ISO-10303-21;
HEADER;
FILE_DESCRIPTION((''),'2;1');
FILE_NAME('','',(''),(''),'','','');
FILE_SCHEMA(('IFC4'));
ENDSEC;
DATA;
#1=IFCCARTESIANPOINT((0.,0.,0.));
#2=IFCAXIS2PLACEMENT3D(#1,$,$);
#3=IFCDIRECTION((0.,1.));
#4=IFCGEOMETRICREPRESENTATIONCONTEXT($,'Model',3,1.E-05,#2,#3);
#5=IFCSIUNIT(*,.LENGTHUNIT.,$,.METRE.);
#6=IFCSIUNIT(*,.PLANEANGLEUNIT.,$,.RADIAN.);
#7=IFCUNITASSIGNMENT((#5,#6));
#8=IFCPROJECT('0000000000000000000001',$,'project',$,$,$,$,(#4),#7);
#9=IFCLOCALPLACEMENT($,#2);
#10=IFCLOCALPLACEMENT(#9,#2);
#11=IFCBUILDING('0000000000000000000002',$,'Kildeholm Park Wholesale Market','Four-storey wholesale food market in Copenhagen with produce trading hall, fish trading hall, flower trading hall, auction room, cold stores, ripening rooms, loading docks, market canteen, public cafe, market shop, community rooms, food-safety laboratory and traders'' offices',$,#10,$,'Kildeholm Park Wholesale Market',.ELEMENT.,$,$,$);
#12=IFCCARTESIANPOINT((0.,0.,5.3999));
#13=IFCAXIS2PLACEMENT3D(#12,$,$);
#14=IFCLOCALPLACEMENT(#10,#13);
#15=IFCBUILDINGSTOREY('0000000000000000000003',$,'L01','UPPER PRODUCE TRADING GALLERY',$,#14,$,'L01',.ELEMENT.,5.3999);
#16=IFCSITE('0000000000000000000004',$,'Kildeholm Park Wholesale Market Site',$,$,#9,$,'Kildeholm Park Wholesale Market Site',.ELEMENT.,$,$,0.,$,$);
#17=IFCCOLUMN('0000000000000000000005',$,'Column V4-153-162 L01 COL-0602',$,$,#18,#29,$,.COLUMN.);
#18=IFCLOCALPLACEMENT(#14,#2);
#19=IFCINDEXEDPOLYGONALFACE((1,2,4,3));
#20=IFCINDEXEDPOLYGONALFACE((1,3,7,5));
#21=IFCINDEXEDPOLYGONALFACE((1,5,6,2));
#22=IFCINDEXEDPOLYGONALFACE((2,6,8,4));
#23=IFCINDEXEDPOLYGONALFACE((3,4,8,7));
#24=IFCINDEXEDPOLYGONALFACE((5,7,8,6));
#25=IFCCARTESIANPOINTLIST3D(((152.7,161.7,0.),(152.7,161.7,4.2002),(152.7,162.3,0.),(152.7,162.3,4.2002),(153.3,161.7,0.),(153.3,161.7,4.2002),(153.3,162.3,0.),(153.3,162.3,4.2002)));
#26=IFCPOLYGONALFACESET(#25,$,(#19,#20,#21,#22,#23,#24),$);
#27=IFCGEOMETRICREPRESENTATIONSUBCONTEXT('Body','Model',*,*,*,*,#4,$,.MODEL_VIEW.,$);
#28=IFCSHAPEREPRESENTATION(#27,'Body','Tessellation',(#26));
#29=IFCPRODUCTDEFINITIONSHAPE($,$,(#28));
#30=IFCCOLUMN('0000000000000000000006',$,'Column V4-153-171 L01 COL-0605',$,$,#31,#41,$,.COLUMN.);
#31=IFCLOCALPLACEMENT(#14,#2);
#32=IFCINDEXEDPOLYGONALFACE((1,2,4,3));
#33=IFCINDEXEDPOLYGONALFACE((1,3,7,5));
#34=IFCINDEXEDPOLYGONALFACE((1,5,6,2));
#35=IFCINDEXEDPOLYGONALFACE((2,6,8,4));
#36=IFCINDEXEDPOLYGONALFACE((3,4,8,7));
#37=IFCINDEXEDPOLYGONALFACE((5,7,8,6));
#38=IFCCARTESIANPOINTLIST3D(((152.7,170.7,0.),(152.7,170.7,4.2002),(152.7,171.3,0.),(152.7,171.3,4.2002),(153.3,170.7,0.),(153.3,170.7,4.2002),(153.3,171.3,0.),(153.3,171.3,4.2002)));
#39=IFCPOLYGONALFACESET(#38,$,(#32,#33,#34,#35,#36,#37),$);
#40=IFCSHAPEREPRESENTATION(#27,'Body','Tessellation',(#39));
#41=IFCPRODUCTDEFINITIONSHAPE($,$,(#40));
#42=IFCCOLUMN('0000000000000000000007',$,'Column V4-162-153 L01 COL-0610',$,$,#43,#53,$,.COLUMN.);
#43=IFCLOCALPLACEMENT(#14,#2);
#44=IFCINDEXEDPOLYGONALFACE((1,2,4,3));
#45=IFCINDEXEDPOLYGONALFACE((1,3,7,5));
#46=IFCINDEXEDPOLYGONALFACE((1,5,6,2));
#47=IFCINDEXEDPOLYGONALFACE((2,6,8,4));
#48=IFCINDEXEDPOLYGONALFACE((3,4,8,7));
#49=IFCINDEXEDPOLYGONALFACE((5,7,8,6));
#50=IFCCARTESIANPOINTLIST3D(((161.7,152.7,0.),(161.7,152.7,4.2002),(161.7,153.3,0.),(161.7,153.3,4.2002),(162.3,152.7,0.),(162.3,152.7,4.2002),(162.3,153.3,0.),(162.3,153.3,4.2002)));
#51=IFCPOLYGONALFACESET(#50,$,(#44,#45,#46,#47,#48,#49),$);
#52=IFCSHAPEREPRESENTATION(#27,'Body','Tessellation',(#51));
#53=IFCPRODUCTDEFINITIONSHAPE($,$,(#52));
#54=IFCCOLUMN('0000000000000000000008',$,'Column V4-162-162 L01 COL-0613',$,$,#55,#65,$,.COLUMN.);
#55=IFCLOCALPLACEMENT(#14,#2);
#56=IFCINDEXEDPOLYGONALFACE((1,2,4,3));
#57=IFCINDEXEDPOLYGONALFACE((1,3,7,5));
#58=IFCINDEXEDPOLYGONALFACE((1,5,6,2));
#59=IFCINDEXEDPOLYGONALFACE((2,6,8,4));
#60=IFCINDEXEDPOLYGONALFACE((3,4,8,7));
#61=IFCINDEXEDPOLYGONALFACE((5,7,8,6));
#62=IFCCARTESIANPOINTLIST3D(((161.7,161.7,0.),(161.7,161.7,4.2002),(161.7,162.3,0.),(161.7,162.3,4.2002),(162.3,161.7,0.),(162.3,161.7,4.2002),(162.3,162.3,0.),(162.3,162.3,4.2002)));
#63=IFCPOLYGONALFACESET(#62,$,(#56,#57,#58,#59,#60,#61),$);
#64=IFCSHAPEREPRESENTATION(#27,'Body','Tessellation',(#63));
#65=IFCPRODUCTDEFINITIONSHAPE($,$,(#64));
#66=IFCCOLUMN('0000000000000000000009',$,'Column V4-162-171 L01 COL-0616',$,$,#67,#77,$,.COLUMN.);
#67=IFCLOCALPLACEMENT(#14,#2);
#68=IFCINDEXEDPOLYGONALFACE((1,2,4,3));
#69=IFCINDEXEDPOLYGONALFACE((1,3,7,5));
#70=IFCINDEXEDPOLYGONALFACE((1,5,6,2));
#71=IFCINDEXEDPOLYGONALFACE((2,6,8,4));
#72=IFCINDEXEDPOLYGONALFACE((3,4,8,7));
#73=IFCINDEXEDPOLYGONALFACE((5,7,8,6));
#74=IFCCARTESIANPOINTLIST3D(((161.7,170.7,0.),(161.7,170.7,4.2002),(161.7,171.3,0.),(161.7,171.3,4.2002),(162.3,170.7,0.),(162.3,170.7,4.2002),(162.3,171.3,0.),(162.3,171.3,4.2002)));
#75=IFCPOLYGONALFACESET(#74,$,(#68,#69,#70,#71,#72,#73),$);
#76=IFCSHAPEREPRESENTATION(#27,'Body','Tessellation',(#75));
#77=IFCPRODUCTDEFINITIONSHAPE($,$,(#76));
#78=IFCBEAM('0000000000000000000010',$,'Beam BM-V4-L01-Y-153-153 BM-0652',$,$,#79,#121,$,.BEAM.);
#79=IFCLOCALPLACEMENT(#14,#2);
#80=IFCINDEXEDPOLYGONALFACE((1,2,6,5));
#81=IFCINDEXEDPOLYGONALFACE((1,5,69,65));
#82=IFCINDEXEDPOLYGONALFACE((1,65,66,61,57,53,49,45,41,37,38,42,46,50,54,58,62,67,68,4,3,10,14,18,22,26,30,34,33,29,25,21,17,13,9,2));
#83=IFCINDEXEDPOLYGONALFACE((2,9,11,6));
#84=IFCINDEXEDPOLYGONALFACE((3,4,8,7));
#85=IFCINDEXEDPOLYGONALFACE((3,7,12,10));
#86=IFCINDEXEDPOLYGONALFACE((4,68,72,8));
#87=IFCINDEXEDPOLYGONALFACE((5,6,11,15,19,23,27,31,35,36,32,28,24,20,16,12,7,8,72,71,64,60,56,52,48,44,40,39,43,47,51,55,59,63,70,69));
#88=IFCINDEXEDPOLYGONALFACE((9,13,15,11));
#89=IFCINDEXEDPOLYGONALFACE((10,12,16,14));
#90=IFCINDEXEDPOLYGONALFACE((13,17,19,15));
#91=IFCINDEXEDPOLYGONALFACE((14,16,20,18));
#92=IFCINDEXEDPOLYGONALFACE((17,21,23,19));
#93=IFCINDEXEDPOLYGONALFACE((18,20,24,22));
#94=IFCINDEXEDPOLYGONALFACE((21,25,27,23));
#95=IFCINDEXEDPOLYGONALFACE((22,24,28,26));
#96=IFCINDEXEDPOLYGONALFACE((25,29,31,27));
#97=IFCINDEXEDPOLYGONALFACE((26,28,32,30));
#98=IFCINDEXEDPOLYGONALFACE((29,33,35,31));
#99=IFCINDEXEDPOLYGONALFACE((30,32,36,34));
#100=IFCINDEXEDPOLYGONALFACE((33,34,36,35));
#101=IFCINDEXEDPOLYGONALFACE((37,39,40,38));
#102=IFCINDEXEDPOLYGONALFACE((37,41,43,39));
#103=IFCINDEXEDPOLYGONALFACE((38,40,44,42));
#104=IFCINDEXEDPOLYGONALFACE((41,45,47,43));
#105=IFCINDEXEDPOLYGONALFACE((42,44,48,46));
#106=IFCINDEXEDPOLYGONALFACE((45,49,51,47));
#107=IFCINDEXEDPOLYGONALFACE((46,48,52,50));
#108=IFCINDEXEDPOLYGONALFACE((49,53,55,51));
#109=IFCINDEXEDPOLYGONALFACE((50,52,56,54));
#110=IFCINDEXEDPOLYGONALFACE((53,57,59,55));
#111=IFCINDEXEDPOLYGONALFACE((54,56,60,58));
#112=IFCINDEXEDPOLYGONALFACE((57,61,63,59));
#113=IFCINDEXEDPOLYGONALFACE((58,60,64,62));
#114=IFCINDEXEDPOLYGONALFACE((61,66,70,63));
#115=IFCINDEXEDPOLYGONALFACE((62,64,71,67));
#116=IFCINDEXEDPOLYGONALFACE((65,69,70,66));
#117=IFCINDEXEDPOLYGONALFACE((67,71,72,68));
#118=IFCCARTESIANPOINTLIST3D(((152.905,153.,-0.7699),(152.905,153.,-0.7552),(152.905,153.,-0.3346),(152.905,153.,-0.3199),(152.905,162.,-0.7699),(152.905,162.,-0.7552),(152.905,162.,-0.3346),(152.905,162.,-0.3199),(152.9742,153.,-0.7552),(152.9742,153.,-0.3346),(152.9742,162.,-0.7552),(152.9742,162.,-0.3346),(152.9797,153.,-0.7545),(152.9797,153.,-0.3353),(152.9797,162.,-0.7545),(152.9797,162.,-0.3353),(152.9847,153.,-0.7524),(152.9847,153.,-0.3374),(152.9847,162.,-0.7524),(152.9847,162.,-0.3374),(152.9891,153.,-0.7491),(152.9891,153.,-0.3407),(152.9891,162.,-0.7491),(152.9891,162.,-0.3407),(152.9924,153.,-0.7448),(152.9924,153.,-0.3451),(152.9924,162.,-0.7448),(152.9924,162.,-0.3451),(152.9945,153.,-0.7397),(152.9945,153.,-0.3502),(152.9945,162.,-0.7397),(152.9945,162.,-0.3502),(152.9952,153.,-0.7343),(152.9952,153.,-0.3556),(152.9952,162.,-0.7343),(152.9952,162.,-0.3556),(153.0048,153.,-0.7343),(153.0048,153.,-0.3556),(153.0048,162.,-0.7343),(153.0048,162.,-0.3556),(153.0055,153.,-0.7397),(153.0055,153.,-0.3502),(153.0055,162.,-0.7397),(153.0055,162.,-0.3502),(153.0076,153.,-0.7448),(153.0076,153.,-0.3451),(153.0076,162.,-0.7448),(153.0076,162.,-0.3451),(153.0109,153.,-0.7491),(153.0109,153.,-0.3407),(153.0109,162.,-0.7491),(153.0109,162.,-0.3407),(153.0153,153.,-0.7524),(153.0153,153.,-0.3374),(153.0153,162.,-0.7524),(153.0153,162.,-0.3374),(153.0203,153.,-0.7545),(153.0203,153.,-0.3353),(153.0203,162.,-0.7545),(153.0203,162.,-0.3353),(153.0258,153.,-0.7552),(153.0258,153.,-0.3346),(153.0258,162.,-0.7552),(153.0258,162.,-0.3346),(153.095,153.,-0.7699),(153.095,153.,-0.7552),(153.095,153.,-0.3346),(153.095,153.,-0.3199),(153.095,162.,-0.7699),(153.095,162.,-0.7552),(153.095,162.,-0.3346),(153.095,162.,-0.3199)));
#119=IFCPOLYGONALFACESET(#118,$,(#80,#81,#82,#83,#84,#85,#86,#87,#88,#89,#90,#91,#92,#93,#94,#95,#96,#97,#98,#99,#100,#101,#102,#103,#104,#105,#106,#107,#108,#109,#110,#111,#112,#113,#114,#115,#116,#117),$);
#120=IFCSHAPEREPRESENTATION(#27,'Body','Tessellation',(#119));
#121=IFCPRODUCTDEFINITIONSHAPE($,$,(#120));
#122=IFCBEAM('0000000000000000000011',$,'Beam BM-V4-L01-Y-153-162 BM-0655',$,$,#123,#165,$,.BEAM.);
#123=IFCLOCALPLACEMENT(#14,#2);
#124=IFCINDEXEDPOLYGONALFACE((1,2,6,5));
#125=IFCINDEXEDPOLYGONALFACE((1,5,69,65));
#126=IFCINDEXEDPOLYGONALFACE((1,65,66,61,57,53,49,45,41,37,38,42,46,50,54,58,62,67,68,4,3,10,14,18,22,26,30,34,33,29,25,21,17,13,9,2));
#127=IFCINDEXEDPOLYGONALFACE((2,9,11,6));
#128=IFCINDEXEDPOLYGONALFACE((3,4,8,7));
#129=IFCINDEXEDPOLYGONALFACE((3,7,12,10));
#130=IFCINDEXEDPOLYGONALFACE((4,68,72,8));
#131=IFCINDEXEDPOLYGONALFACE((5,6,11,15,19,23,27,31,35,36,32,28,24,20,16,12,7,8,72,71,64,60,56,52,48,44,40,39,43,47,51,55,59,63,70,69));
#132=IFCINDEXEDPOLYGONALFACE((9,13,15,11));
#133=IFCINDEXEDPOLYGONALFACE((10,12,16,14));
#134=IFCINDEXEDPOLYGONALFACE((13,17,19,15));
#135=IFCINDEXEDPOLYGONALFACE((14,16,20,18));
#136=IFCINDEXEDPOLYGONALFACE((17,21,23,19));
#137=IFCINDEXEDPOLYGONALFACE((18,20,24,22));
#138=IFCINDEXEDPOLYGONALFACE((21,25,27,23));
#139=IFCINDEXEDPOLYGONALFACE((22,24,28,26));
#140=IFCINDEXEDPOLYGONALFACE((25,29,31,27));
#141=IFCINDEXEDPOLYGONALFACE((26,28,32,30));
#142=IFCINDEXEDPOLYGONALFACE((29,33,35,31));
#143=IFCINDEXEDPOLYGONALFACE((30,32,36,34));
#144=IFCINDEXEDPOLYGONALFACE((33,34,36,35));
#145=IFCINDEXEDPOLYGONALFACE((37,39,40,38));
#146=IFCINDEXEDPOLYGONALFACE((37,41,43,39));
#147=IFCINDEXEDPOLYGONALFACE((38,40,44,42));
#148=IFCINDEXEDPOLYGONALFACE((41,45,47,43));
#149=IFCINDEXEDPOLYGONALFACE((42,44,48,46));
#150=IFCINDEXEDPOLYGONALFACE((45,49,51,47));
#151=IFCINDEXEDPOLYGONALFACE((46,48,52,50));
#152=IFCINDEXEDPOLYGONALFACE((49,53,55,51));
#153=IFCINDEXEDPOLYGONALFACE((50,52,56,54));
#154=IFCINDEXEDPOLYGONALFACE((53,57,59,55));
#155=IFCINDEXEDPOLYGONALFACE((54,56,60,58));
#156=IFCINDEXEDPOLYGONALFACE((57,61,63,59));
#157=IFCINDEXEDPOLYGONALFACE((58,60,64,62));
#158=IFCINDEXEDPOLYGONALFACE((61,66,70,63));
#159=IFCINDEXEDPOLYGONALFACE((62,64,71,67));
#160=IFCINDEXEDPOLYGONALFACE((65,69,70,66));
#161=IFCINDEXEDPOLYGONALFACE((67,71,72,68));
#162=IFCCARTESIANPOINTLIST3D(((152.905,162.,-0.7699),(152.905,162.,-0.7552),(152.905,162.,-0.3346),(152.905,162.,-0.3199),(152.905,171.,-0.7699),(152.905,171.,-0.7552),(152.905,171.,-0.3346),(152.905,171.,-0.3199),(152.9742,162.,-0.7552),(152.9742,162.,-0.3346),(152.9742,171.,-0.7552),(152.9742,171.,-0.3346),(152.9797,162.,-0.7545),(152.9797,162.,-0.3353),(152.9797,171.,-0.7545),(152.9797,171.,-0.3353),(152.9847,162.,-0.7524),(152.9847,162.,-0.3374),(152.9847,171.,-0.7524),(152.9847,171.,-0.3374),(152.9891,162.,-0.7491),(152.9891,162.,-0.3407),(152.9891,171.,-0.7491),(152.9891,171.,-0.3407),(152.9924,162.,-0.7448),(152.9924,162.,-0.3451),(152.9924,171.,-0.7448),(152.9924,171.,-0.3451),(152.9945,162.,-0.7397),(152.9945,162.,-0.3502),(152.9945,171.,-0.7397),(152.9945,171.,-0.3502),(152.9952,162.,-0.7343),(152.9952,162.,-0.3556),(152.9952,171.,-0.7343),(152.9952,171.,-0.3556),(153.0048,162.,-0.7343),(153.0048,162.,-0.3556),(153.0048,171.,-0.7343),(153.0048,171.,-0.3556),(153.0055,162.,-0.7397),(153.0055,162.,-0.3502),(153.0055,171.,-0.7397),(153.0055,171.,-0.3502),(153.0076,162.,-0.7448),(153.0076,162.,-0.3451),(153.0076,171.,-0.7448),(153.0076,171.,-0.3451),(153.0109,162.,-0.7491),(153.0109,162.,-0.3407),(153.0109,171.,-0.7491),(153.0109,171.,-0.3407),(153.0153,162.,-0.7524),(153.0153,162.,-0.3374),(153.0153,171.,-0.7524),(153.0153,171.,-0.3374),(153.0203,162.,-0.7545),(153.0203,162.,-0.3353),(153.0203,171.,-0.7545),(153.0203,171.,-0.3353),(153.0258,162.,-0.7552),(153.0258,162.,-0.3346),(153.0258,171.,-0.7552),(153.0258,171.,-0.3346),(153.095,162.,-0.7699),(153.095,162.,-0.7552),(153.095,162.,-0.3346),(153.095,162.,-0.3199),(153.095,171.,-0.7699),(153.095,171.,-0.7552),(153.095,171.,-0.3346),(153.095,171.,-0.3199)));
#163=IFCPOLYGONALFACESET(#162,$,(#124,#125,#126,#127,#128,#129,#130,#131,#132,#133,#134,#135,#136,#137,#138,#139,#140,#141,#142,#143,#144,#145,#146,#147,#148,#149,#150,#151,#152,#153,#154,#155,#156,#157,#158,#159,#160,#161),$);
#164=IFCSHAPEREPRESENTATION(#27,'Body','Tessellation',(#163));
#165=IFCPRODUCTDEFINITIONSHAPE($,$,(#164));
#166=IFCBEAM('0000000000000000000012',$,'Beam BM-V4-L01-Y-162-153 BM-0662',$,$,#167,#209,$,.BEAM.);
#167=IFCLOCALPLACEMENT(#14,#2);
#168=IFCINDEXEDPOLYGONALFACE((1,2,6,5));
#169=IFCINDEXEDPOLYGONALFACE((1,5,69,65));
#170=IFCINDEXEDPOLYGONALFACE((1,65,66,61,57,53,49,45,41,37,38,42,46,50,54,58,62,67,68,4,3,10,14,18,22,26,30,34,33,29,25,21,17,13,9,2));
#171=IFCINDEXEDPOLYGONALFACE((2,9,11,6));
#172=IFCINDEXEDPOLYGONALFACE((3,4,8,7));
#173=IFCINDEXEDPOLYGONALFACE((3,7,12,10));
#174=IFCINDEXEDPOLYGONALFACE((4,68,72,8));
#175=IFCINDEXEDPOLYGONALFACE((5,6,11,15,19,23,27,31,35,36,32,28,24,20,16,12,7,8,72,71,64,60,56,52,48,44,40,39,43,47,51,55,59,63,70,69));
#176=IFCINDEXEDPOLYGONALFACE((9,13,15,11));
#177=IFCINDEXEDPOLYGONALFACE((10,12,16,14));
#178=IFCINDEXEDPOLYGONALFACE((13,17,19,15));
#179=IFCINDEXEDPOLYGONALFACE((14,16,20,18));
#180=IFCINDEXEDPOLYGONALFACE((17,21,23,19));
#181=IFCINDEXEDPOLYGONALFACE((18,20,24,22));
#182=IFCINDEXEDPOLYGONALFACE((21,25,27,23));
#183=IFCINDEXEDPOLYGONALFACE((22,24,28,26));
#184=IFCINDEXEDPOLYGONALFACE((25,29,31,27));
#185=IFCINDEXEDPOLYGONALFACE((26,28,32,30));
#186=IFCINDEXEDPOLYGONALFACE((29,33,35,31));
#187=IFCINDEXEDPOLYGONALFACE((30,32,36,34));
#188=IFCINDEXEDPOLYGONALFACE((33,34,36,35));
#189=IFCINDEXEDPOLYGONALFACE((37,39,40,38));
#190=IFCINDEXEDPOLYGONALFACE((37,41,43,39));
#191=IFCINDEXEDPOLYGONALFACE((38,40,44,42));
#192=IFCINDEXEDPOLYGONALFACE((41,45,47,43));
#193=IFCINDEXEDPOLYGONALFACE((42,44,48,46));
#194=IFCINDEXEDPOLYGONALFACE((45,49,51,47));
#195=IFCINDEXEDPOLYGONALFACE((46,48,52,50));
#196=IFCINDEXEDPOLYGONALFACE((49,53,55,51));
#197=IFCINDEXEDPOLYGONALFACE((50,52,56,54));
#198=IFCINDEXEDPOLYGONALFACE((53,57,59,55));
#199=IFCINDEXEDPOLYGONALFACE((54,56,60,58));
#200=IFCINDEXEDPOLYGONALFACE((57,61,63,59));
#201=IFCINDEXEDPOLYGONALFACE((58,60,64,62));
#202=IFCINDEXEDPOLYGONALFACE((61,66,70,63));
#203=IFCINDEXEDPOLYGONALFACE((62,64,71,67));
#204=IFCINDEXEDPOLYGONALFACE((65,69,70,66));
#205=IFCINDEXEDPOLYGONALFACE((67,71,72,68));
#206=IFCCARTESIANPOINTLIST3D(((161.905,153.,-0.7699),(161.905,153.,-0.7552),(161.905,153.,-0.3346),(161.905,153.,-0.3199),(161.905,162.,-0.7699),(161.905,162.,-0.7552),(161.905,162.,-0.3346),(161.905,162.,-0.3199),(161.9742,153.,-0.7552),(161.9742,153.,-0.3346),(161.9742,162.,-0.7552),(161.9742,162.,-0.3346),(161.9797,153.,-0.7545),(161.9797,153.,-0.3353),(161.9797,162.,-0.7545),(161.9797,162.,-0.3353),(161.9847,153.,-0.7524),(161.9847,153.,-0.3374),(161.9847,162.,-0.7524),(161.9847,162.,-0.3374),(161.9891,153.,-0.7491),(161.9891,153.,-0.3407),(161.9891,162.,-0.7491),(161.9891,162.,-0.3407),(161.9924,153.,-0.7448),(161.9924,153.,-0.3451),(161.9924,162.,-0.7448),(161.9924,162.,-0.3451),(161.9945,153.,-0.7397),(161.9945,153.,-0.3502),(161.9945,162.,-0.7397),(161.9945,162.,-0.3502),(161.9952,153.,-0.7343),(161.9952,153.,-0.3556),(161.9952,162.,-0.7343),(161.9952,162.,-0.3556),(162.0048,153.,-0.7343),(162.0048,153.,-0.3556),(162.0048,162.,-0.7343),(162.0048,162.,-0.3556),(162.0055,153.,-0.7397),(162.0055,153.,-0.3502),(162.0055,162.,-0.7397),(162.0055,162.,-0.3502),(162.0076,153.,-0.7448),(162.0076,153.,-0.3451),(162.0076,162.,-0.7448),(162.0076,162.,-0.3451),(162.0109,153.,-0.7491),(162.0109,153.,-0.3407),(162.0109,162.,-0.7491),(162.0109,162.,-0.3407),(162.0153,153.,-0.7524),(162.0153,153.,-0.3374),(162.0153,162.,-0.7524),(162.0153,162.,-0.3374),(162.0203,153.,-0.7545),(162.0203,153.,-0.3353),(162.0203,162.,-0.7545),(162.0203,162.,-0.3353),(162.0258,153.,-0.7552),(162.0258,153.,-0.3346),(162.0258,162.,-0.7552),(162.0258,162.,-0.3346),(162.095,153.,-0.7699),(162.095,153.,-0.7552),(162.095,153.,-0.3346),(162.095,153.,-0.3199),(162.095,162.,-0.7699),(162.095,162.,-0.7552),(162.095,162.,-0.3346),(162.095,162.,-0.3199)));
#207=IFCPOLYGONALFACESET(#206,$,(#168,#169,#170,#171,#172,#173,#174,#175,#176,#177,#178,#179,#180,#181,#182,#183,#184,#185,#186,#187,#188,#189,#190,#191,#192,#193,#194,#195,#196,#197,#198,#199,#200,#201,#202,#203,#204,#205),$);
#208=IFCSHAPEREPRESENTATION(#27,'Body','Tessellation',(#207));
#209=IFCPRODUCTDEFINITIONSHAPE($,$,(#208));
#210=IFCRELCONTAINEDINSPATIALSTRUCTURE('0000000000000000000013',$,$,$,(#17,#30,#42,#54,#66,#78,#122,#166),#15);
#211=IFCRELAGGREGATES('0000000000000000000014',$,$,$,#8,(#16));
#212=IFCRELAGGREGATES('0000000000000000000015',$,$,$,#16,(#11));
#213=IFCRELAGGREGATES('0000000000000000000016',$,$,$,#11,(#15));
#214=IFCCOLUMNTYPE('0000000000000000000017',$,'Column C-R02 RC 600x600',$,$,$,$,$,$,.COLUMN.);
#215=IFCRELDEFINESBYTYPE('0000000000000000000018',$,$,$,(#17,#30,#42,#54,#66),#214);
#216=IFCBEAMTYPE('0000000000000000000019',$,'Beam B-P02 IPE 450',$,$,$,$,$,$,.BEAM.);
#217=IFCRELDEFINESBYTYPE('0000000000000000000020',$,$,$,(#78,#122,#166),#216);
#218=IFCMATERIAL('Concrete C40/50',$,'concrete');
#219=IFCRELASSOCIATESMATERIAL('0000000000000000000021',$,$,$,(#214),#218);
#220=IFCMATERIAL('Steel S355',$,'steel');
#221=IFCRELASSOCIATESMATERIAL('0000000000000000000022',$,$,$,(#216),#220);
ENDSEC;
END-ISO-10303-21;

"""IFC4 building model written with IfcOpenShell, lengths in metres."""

from ifc_helpers import new_model, si_unit, direction, frame, origin, origin_2d, place, context, subcontext, project, spatial, rectangle, i_section, extrude, material, material_profile, profile_set, type_object, element, save


model = new_model("IFC4")

# Units and contexts
model_context = context("Model", 3, precision=1e-05, world=origin(), true_north=direction((0.0, 1.0)))
body_context = subcontext(model_context, "Body", "Model", "MODEL_VIEW")
ifc_project = project(units=[si_unit("LENGTHUNIT", "METRE"), si_unit("PLANEANGLEUNIT", "RADIAN")], contexts=[model_context])

# Site, building, storey
site_placement = place(None, origin())
site = spatial("IfcSite", under=ifc_project, at=site_placement, Name="Kildeholm Park Wholesale Market Site", LongName="Kildeholm Park Wholesale Market Site", CompositionType="ELEMENT", RefElevation=0.0)
building_placement = place(site_placement, origin())
building = spatial("IfcBuilding", under=site, at=building_placement, Name="Kildeholm Park Wholesale Market", Description="Four-storey wholesale food market in Copenhagen with produce trading hall, fish trading hall, flower trading hall, auction room, cold stores, ripening rooms, loading docks, market canteen, public cafe, market shop, community rooms, food-safety laboratory and traders' offices", LongName="Kildeholm Park Wholesale Market", CompositionType="ELEMENT")
storey_placement = place(building_placement, frame((0.0, 0.0, 5.3999)))
storey = spatial("IfcBuildingStorey", under=building, at=storey_placement, Name="L01", Description="UPPER PRODUCE TRADING GALLERY", LongName="L01", CompositionType="ELEMENT", Elevation=5.3999)

# Columns
ifc_material_1 = material(Name="Concrete C40/50", Category="concrete")
ifc_material_profile_1 = material_profile(ifc_material_1, rectangle(XDim=0.6001, YDim=0.6001, at=origin_2d()), Name="RC 600x600")
ifc_profile_set_1 = profile_set([ifc_material_profile_1], Name="Concrete C40/50")
column_type = type_object("IfcColumnType", Name="Column C-R02 RC 600x600", PredefinedType="COLUMN", material=ifc_profile_set_1)
for number, where, z_axis, x_axis, name in (
    (1, (153.0, 162.0, 0.0), (0.0, 0.0, 1.0), (1.0, 0.0, 0.0), "Column V4-153-162 L01 COL-0602"),
    (2, (153.0, 171.0, 0.0), (0.0, 0.0, 1.0), (1.0, 0.0, 0.0), "Column V4-153-171 L01 COL-0605"),
    (3, (162.0, 153.0, 0.0), (0.0, 0.0, 1.0), (1.0, 0.0, 0.0), "Column V4-162-153 L01 COL-0610"),
    (4, (162.0, 162.0, 0.0), (0.0, 0.0, 1.0), (1.0, 0.0, 0.0), "Column V4-162-162 L01 COL-0613"),
    (5, (162.0, 171.0, 0.0), (0.0, 0.0, 1.0), (1.0, 0.0, 0.0), "Column V4-162-171 L01 COL-0616"),
):
    element("IfcColumn", number, at=place(storey_placement, frame(where, z_axis=z_axis, x_axis=x_axis)), inside=storey, type_object=column_type, Name=name, PredefinedType="COLUMN", context=body_context, shape_type="SweptSolid", body=[
        extrude(rectangle(XDim=0.6001, YDim=0.6001, at=origin_2d()), origin(), (0.0, 0.0, 1.0), 4.2002),
    ])

# Beams
ifc_material_2 = material(Name="Steel S355", Category="steel")
ifc_material_profile_2 = material_profile(ifc_material_2, i_section(OverallWidth=0.1899, OverallDepth=0.45, WebThickness=0.0095, FlangeThickness=0.0146, FilletRadius=0.021, at=origin_2d()), Name="IPE 450")
ifc_profile_set_2 = profile_set([ifc_material_profile_2], Name="Steel S355")
beam_type_1 = type_object("IfcBeamType", Name="Beam B-P02 IPE 450", PredefinedType="BEAM", material=ifc_profile_set_2)
for number, where, z_axis, x_axis, name in (
    (6, (153.0, 153.0, -0.5449), (0.0, 1.0, 0.0), (-1.0, 0.0, 0.0), "Beam BM-V4-L01-Y-153-153 BM-0652"),
    (7, (153.0, 162.0, -0.5449), (0.0, 1.0, 0.0), (-1.0, 0.0, 0.0), "Beam BM-V4-L01-Y-153-162 BM-0655"),
    (8, (162.0, 153.0, -0.5449), (0.0, 1.0, 0.0), (-1.0, 0.0, 0.0), "Beam BM-V4-L01-Y-162-153 BM-0662"),
):
    element("IfcBeam", number, at=place(storey_placement, frame(where, z_axis=z_axis, x_axis=x_axis)), inside=storey, type_object=beam_type_1, Name=name, PredefinedType="BEAM", context=body_context, shape_type="SweptSolid", body=[
        extrude(i_section(OverallWidth=0.1899, OverallDepth=0.45, WebThickness=0.0095, FlangeThickness=0.0146, FilletRadius=0.021, at=origin_2d()), origin(), (0.0, 0.0, 1.0), 9.0),
    ])

save(model, "model.ifc")
